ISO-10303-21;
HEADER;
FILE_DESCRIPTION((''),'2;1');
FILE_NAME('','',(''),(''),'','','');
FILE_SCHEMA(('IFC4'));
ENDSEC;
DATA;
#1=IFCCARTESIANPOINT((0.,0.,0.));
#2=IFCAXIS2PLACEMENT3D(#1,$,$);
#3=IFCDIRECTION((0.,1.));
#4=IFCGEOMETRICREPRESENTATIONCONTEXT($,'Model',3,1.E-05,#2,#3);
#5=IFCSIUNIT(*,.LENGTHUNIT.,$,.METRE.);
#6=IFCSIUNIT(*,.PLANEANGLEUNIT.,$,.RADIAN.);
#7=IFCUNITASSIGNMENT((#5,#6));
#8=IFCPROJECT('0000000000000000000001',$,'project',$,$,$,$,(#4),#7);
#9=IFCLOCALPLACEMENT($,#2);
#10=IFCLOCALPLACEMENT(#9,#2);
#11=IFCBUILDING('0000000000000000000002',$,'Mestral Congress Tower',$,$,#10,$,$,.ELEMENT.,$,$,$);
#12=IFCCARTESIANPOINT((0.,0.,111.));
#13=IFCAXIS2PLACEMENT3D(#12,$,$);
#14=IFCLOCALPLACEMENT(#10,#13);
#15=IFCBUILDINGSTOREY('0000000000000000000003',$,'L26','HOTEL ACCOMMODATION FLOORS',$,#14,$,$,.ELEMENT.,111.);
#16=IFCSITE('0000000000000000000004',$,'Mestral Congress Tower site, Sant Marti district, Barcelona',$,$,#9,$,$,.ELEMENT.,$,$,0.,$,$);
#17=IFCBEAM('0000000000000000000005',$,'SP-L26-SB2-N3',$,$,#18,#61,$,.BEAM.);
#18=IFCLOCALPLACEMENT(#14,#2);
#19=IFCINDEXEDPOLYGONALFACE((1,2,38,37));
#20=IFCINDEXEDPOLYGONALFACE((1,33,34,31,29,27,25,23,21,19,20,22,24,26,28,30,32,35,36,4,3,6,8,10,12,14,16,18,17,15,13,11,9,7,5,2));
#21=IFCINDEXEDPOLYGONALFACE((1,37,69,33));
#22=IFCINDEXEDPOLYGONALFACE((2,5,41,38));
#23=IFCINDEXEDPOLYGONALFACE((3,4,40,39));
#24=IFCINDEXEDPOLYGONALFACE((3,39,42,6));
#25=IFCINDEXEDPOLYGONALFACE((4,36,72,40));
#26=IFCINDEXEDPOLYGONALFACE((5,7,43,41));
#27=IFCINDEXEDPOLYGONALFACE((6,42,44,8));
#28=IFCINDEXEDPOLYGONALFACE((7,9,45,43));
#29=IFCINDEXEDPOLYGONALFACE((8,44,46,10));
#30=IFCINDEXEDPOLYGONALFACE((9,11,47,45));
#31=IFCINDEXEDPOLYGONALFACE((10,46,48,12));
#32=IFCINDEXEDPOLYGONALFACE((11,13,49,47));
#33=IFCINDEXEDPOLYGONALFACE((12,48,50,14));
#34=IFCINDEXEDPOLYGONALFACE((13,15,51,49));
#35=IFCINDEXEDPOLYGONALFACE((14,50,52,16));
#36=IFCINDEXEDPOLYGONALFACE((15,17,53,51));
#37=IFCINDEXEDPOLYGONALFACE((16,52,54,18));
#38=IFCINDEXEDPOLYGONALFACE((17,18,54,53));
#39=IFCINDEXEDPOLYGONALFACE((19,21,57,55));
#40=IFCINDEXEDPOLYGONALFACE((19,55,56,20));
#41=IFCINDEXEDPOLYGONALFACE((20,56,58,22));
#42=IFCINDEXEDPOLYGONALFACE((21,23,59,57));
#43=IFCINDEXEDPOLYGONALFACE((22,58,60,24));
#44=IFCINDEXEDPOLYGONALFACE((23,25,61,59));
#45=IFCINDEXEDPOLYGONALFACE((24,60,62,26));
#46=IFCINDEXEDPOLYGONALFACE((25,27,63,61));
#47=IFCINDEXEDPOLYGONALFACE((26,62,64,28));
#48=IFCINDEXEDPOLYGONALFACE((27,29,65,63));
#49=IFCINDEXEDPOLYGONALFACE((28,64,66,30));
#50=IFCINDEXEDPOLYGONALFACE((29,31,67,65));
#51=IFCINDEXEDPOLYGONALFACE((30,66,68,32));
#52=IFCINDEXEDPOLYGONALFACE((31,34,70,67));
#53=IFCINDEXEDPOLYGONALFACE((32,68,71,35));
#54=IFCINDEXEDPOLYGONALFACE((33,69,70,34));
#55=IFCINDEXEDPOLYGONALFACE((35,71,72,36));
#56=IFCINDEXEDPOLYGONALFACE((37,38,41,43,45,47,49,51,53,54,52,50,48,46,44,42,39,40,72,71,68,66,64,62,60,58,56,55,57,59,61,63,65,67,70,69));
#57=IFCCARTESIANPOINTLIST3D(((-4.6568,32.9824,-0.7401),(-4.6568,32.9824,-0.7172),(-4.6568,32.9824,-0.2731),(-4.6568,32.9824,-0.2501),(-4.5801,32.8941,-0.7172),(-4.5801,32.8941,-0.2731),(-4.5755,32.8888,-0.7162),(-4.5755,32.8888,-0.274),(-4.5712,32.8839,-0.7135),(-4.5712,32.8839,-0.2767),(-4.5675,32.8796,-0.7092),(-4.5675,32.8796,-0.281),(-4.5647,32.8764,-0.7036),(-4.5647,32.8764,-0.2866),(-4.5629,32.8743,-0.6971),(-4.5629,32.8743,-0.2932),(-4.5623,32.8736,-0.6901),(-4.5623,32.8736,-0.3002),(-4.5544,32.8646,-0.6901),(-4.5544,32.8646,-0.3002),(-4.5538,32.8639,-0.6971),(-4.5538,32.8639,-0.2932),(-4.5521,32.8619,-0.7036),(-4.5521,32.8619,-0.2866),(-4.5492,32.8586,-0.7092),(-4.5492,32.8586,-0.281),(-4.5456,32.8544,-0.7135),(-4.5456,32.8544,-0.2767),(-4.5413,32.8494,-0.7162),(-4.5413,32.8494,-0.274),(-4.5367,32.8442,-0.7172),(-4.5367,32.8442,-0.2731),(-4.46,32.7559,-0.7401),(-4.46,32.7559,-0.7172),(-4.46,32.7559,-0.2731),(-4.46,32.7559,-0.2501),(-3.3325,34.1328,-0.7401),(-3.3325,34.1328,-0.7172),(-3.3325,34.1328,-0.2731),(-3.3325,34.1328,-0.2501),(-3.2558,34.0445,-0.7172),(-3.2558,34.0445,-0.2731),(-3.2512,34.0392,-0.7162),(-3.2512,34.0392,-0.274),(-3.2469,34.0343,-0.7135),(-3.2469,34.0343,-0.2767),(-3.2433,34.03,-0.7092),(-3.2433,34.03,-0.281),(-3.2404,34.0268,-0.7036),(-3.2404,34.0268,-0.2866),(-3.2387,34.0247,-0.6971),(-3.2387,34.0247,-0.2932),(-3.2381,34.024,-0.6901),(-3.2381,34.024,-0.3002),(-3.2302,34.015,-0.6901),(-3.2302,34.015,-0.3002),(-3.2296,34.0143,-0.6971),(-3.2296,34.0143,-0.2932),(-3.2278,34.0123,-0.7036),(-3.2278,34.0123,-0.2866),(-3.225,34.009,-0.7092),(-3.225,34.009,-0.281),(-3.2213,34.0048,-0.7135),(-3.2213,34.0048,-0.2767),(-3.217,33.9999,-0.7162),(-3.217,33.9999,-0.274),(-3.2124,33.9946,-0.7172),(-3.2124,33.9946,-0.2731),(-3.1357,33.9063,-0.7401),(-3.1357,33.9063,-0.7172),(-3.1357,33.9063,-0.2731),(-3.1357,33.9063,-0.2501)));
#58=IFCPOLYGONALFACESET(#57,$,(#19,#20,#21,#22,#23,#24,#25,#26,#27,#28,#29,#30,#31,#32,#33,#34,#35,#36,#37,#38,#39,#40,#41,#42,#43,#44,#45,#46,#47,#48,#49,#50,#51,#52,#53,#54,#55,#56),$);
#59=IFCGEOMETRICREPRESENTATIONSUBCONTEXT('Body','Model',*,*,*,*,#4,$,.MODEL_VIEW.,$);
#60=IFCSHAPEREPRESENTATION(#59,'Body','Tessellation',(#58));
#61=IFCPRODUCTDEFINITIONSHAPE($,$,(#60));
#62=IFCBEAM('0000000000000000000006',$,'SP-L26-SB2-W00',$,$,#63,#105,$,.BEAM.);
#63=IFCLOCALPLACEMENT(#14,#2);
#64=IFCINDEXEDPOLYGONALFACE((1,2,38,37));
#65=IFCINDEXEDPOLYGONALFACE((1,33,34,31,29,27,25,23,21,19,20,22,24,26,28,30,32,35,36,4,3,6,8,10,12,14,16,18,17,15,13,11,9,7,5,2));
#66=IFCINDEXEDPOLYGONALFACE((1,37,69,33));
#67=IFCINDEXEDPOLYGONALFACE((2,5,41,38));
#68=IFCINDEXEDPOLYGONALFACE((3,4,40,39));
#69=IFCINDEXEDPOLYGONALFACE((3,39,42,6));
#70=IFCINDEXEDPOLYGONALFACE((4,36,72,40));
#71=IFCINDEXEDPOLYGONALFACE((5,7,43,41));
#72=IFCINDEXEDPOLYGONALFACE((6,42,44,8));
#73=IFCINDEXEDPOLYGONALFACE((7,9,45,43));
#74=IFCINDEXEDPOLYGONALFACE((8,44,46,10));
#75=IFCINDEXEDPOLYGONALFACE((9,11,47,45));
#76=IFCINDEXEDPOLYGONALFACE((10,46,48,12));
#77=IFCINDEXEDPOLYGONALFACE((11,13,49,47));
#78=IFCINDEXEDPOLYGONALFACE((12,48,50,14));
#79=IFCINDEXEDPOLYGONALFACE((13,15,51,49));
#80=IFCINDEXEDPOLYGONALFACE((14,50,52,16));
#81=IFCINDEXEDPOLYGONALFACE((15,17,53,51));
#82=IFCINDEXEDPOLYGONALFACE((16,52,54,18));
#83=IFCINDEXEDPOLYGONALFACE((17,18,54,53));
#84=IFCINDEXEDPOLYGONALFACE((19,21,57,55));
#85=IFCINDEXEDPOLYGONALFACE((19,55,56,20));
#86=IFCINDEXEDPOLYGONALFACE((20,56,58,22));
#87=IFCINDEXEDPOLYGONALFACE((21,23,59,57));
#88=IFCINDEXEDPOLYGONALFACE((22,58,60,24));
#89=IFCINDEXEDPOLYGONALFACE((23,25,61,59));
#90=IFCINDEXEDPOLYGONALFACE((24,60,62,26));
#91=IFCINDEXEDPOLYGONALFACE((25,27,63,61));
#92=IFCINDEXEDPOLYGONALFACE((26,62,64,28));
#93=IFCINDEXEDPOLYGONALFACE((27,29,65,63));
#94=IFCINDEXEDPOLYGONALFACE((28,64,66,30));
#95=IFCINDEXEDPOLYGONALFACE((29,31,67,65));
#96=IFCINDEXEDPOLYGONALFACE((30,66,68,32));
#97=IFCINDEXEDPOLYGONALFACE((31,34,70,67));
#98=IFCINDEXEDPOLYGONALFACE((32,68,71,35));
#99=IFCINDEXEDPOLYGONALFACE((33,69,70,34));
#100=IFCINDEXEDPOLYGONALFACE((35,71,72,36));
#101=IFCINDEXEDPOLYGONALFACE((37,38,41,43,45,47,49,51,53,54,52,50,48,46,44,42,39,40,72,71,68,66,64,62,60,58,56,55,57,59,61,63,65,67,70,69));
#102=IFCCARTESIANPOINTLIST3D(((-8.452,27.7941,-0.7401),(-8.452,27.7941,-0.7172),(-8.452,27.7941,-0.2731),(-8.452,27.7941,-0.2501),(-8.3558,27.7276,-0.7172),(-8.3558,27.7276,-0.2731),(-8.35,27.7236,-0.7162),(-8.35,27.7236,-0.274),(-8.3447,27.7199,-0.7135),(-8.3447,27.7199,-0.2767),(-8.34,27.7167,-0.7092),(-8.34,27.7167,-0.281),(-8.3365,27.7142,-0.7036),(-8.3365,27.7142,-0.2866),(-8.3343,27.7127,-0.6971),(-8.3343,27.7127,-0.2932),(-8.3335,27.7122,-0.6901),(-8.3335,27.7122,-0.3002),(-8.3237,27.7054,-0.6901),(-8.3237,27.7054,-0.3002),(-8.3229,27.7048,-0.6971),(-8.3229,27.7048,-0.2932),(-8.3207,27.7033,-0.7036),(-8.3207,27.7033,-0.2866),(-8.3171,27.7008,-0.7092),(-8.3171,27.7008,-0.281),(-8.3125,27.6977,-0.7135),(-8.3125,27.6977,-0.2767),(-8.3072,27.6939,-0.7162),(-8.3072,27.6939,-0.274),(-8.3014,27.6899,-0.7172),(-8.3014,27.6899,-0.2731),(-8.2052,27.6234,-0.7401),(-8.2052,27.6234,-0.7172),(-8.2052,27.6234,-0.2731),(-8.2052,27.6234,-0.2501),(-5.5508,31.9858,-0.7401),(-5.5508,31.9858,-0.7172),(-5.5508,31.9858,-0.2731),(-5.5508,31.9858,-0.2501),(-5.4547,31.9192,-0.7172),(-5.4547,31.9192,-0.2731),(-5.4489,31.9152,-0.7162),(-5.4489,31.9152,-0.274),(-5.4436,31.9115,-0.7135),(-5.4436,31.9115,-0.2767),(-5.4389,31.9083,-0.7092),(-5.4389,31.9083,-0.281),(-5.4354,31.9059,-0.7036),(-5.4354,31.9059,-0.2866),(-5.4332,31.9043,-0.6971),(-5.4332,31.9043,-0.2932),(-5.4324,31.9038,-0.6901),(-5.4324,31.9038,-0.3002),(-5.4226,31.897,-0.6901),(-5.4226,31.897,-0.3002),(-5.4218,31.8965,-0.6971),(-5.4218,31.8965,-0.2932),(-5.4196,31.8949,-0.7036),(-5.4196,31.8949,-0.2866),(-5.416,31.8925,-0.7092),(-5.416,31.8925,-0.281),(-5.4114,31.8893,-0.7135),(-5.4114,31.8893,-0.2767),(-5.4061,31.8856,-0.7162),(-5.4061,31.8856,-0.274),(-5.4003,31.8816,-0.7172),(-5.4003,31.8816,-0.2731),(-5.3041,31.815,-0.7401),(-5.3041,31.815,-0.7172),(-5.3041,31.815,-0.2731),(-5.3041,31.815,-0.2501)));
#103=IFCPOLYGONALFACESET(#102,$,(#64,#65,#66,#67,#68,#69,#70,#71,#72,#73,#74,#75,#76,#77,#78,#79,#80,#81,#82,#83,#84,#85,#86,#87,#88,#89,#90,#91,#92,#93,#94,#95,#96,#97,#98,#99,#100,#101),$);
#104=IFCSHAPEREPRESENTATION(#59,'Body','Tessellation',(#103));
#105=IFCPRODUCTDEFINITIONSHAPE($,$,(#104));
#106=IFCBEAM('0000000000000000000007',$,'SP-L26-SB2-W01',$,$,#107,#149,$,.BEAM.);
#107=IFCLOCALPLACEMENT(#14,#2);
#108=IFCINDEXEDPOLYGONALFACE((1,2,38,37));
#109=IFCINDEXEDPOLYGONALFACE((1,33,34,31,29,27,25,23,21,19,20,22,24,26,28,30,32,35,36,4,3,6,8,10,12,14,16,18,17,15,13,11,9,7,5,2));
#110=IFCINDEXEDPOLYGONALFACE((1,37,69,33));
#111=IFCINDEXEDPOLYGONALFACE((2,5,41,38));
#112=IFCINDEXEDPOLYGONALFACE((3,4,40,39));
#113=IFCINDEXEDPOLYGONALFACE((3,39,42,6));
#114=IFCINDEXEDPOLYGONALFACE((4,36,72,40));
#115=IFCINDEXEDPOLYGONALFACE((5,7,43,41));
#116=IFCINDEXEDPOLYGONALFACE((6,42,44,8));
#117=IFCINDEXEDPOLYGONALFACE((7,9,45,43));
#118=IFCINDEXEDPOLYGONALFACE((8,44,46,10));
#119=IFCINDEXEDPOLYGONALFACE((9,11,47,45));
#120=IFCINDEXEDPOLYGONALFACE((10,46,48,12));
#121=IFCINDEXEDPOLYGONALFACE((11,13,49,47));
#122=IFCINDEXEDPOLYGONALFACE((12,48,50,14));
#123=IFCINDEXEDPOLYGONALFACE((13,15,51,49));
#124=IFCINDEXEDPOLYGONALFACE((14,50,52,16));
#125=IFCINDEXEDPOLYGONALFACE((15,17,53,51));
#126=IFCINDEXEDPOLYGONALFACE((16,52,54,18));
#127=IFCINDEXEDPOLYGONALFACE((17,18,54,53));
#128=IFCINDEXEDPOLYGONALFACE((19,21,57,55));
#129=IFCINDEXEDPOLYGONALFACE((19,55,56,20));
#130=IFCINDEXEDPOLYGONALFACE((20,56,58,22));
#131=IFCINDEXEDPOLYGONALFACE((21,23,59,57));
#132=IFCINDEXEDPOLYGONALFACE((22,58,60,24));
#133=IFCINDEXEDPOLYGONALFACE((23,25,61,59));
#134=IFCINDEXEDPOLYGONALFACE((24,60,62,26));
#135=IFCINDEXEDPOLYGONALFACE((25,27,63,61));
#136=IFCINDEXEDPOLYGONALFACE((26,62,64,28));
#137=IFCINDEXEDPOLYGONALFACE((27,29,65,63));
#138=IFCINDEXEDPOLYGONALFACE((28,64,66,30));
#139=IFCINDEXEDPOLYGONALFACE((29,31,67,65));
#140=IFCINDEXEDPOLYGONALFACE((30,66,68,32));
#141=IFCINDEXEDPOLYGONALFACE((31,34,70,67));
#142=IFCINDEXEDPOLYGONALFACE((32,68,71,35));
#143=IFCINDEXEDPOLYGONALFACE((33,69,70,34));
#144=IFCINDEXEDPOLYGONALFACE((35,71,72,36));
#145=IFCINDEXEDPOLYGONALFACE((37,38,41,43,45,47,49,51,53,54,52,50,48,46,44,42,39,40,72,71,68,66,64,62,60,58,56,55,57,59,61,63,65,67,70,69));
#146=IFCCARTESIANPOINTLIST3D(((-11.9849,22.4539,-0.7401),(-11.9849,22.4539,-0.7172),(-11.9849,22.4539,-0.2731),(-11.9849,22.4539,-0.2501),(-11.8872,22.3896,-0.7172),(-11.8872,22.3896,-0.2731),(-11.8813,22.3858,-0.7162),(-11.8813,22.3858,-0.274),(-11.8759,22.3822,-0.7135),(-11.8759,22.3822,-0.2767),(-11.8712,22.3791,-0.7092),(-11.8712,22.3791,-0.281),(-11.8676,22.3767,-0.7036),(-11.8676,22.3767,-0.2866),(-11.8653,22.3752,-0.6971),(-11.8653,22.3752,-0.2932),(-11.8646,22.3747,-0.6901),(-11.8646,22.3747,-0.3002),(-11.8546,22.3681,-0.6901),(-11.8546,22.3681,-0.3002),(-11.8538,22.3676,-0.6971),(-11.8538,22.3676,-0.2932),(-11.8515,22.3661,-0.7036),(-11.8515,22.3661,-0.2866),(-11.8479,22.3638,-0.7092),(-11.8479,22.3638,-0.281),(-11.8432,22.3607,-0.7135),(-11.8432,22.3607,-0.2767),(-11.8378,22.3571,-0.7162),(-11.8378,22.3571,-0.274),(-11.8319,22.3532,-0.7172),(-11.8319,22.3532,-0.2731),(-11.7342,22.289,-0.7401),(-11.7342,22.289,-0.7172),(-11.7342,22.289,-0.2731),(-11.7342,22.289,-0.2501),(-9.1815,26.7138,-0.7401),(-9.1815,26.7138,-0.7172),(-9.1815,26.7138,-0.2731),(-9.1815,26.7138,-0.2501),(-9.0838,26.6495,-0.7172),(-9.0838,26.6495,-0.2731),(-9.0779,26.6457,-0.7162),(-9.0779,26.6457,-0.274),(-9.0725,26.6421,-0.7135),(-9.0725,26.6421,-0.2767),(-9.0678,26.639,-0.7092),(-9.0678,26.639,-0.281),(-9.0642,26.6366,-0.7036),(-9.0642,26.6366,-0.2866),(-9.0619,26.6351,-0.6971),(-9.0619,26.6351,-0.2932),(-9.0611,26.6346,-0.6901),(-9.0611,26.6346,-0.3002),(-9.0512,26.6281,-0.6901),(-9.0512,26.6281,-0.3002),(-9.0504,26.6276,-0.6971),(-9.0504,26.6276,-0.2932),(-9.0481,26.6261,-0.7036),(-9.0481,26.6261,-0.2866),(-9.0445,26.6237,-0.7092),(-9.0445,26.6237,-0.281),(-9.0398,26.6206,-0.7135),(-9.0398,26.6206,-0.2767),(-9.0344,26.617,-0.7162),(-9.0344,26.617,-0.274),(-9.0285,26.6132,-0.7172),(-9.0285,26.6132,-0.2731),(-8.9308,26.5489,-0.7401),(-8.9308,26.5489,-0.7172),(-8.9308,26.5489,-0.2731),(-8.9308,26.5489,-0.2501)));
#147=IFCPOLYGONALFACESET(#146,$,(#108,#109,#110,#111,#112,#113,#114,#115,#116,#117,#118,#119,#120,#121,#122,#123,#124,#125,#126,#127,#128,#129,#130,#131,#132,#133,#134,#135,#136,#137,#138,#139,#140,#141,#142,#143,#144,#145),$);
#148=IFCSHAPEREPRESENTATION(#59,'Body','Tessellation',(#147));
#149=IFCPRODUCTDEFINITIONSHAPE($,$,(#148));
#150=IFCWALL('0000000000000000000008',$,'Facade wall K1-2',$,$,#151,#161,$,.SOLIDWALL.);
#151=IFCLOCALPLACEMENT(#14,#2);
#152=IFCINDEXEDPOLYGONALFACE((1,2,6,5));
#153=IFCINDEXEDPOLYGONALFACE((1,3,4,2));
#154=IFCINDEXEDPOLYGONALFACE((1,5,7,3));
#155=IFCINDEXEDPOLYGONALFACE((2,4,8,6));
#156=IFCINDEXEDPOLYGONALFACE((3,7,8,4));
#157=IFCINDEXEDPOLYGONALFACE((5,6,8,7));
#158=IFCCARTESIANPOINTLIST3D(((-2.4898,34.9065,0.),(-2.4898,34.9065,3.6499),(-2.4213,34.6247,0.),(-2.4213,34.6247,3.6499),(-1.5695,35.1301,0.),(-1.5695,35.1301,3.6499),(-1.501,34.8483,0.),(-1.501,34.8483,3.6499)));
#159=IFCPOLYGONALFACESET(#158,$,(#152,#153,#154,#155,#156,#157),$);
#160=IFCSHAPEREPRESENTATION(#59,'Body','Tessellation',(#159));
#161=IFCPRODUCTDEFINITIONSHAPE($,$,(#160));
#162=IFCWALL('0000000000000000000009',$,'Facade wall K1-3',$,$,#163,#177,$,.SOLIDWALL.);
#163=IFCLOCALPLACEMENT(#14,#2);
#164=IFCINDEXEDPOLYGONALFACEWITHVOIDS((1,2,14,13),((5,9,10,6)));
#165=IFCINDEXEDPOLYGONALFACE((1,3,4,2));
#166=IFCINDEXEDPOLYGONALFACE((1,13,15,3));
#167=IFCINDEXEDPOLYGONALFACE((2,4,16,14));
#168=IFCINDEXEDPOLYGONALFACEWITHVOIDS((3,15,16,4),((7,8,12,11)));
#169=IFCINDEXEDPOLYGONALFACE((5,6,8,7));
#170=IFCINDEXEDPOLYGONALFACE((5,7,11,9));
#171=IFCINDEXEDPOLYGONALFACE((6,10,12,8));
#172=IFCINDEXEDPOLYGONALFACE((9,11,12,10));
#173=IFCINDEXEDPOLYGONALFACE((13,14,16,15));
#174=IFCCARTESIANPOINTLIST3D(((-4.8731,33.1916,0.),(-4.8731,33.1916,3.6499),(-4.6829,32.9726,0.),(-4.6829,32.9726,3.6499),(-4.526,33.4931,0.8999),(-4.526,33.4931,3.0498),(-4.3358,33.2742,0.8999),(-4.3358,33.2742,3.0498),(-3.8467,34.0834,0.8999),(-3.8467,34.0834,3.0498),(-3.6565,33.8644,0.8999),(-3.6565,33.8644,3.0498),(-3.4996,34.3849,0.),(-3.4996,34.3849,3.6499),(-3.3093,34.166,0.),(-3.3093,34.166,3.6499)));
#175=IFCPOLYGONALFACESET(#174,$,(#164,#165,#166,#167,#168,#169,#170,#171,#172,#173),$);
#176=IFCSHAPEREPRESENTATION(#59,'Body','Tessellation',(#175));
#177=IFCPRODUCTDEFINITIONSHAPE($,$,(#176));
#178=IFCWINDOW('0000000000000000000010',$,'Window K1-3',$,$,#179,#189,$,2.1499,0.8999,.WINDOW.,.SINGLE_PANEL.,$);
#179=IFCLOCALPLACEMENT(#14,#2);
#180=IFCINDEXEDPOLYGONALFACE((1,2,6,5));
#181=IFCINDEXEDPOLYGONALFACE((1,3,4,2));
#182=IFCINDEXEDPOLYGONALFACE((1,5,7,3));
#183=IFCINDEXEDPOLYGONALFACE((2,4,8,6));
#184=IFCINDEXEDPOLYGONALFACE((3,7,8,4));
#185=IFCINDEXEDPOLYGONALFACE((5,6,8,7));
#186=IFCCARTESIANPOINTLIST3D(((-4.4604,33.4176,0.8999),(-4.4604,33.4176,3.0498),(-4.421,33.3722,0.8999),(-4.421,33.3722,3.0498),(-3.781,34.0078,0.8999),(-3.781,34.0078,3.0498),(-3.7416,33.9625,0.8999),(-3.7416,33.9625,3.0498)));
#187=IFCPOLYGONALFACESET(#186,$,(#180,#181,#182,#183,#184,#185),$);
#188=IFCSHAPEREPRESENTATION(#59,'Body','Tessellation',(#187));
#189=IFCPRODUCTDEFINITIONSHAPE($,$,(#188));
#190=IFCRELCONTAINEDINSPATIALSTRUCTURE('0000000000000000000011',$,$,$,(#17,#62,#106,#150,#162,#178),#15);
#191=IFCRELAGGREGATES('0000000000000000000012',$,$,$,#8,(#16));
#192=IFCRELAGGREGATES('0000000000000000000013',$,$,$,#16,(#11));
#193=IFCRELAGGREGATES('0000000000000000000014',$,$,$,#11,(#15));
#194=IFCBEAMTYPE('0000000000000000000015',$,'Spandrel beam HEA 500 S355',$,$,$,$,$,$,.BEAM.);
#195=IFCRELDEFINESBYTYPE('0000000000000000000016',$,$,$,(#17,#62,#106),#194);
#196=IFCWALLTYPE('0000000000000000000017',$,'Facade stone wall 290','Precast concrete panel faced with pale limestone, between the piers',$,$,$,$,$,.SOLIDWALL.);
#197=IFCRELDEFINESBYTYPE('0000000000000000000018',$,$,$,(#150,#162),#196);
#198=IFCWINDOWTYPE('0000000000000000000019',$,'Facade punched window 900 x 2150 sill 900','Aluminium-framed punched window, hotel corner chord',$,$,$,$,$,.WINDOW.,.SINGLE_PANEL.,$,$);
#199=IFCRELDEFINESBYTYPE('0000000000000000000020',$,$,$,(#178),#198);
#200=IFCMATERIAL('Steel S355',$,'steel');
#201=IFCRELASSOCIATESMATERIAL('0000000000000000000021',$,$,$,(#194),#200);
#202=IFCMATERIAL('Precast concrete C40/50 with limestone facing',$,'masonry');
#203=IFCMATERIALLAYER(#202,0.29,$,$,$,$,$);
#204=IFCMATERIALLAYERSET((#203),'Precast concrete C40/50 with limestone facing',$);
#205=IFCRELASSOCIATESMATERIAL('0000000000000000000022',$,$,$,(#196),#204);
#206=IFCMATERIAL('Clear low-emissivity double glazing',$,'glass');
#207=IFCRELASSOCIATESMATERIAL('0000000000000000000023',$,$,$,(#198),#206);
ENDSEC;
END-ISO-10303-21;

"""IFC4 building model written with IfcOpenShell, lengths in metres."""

from ifc_helpers import new_model, si_unit, direction, frame, frame_2d, origin, origin_2d, place, context, subcontext, project, spatial, rectangle, i_section, extrude, material, layer, layer_set, material_profile, profile_set, type_object, element, fill, save


model = new_model("IFC4")

# Units and contexts
model_context = context("Model", 3, precision=1e-05, world=origin(), true_north=direction((0.0, 1.0)))
body_context = subcontext(model_context, "Body", "Model", "MODEL_VIEW")
ifc_project = project(units=[si_unit("LENGTHUNIT", "METRE"), si_unit("PLANEANGLEUNIT", "RADIAN")], contexts=[model_context])

# Site, building, storey
site_placement = place(None, origin())
site = spatial("IfcSite", under=ifc_project, at=site_placement, Name="Mestral Congress Tower site, Sant Marti district, Barcelona", CompositionType="ELEMENT", RefElevation=0.0)
building_placement = place(site_placement, origin())
building = spatial("IfcBuilding", under=site, at=building_placement, Name="Mestral Congress Tower", CompositionType="ELEMENT")
storey_placement = place(building_placement, frame((0.0, 0.0, 111.0)))
storey = spatial("IfcBuildingStorey", under=building, at=storey_placement, Name="L26", Description="HOTEL ACCOMMODATION FLOORS", CompositionType="ELEMENT", Elevation=111.0)

# Beams
ifc_material_1 = material(Name="Steel S355", Category="steel")
ifc_material_profile_1 = material_profile(ifc_material_1, i_section(OverallWidth=0.3, OverallDepth=0.49, WebThickness=0.012, FlangeThickness=0.0229, FilletRadius=0.0271, at=origin_2d()), Name="HEA 500")
ifc_profile_set_1 = profile_set([ifc_material_profile_1], Name="Steel S355")
beam_type_1 = type_object("IfcBeamType", Name="Spandrel beam HEA 500 S355", PredefinedType="BEAM", material=ifc_profile_set_1)
beam_1_placement = place(storey_placement, frame((-3.2341, 34.0195, -0.4951), z_axis=(-0.754917, -0.65582, 0.0), x_axis=(0.65582, -0.754917, 0.0)))
element("IfcBeam", 1, at=beam_1_placement, inside=storey, type_object=beam_type_1, Name="SP-L26-SB2-N3", PredefinedType="BEAM", context=body_context, shape_type="SweptSolid", body=[
    extrude(i_section(OverallWidth=0.3, OverallDepth=0.49, WebThickness=0.012, FlangeThickness=0.0229, FilletRadius=0.0271, at=origin_2d()), origin(), (0.0, 0.0, 1.0), 1.7542),
])
beam_2_placement = place(storey_placement, frame((-5.4275, 31.9004, -0.4951), z_axis=(-0.569105, -0.822265, 0.0), x_axis=(0.822265, -0.569105, 0.0)))
element("IfcBeam", 2, at=beam_2_placement, inside=storey, type_object=beam_type_1, Name="SP-L26-SB2-W00", PredefinedType="BEAM", context=body_context, shape_type="SweptSolid", body=[
    extrude(i_section(OverallWidth=0.3, OverallDepth=0.49, WebThickness=0.012, FlangeThickness=0.0229, FilletRadius=0.0271, at=origin_2d()), origin(), (0.0, 0.0, 1.0), 5.0977),
])
beam_3_placement = place(storey_placement, frame((-9.0562, 26.6313, -0.4951), z_axis=(-0.54973, -0.835342, 0.0), x_axis=(0.835342, -0.54973, 0.0)))
element("IfcBeam", 3, at=beam_3_placement, inside=storey, type_object=beam_type_1, Name="SP-L26-SB2-W01", PredefinedType="BEAM", context=body_context, shape_type="SweptSolid", body=[
    extrude(i_section(OverallWidth=0.3, OverallDepth=0.49, WebThickness=0.012, FlangeThickness=0.0229, FilletRadius=0.0271, at=origin_2d()), origin(), (0.0, 0.0, 1.0), 5.0996),
])

# Wall
ifc_material_2 = material(Name="Precast concrete C40/50 with limestone facing", Category="masonry")
ifc_layer_1 = layer(ifc_material_2, 0.29)
ifc_layer_set_1 = layer_set([ifc_layer_1], Name="Precast concrete C40/50 with limestone facing")
wall_type_1 = type_object("IfcWallType", Name="Facade stone wall 290", Description="Precast concrete panel faced with pale limestone, between the piers", PredefinedType="SOLIDWALL", material=ifc_layer_set_1)
wall_1_placement = place(storey_placement, frame((-1.5352, 34.9893, 0.0), z_axis=(0.0, 0.0, 1.0), x_axis=(-0.971714, -0.236161, 0.0)))
element("IfcWall", 4, at=wall_1_placement, inside=storey, type_object=wall_type_1, Name="Facade wall K1-2", PredefinedType="SOLIDWALL", context=body_context, shape_type="SweptSolid", body=[
    extrude(rectangle(XDim=0.947, YDim=0.29, at=frame_2d((0.4736, 0.0))), origin(), (0.0, 0.0, 1.0), 3.6499),
])

# Wall, opening, window
wall_2_placement = place(storey_placement, frame((-3.4045, 34.2754, 0.0), z_axis=(0.0, 0.0, 1.0), x_axis=(-0.754883, -0.65586, 0.0)))
wall_2 = element("IfcWall", 5, at=wall_2_placement, inside=storey, type_object=wall_type_1, Name="Facade wall K1-3", PredefinedType="SOLIDWALL", context=body_context, shape_type="SweptSolid", body=[
    extrude(rectangle(XDim=1.8196, YDim=0.29, at=frame_2d((0.9097, 0.0))), origin(), (0.0, 0.0, 1.0), 3.6499),
])
opening_1_placement = place(wall_2_placement, frame((0.4597, 0.0, 0.8999)))
opening_1 = element("IfcOpeningElement", 6, at=opening_1_placement, cuts=wall_2, PredefinedType="OPENING", context=body_context, shape_type="SweptSolid", body=[
    extrude(rectangle(XDim=0.8999, YDim=2.1499, at=frame_2d((0.45, 1.075))), frame((0.0, 0.155, 0.0), z_axis=(0.0, -1.0, 0.0), x_axis=(1.0, 0.0, 0.0)), (0.0, 0.0, 1.0), 0.3101),
])
ifc_material_3 = material(Name="Clear low-emissivity double glazing", Category="glass")
window_type_1 = type_object("IfcWindowType", Name="Facade punched window 900 x 2150 sill 900", Description="Aluminium-framed punched window, hotel corner chord", PartitioningType="SINGLE_PANEL", PredefinedType="WINDOW", material=ifc_material_3)
window_1_placement = place(opening_1_placement, origin())
window_1 = element("IfcWindow", 7, at=window_1_placement, inside=storey, type_object=window_type_1, Name="Window K1-3", OverallHeight=2.1499, OverallWidth=0.8999, PartitioningType="SINGLE_PANEL", PredefinedType="WINDOW", context=body_context, shape_type="SweptSolid", body=[
    extrude(rectangle(XDim=0.8999, YDim=2.1499, at=frame_2d((0.45, 1.075))), frame((0.0, 0.0151, 0.0), z_axis=(0.0, -1.0, 0.0), x_axis=(1.0, 0.0, 0.0)), (0.0, 0.0, 1.0), 0.0601),
])
fill(opening_1, window_1)

save(model, "model.ifc")
